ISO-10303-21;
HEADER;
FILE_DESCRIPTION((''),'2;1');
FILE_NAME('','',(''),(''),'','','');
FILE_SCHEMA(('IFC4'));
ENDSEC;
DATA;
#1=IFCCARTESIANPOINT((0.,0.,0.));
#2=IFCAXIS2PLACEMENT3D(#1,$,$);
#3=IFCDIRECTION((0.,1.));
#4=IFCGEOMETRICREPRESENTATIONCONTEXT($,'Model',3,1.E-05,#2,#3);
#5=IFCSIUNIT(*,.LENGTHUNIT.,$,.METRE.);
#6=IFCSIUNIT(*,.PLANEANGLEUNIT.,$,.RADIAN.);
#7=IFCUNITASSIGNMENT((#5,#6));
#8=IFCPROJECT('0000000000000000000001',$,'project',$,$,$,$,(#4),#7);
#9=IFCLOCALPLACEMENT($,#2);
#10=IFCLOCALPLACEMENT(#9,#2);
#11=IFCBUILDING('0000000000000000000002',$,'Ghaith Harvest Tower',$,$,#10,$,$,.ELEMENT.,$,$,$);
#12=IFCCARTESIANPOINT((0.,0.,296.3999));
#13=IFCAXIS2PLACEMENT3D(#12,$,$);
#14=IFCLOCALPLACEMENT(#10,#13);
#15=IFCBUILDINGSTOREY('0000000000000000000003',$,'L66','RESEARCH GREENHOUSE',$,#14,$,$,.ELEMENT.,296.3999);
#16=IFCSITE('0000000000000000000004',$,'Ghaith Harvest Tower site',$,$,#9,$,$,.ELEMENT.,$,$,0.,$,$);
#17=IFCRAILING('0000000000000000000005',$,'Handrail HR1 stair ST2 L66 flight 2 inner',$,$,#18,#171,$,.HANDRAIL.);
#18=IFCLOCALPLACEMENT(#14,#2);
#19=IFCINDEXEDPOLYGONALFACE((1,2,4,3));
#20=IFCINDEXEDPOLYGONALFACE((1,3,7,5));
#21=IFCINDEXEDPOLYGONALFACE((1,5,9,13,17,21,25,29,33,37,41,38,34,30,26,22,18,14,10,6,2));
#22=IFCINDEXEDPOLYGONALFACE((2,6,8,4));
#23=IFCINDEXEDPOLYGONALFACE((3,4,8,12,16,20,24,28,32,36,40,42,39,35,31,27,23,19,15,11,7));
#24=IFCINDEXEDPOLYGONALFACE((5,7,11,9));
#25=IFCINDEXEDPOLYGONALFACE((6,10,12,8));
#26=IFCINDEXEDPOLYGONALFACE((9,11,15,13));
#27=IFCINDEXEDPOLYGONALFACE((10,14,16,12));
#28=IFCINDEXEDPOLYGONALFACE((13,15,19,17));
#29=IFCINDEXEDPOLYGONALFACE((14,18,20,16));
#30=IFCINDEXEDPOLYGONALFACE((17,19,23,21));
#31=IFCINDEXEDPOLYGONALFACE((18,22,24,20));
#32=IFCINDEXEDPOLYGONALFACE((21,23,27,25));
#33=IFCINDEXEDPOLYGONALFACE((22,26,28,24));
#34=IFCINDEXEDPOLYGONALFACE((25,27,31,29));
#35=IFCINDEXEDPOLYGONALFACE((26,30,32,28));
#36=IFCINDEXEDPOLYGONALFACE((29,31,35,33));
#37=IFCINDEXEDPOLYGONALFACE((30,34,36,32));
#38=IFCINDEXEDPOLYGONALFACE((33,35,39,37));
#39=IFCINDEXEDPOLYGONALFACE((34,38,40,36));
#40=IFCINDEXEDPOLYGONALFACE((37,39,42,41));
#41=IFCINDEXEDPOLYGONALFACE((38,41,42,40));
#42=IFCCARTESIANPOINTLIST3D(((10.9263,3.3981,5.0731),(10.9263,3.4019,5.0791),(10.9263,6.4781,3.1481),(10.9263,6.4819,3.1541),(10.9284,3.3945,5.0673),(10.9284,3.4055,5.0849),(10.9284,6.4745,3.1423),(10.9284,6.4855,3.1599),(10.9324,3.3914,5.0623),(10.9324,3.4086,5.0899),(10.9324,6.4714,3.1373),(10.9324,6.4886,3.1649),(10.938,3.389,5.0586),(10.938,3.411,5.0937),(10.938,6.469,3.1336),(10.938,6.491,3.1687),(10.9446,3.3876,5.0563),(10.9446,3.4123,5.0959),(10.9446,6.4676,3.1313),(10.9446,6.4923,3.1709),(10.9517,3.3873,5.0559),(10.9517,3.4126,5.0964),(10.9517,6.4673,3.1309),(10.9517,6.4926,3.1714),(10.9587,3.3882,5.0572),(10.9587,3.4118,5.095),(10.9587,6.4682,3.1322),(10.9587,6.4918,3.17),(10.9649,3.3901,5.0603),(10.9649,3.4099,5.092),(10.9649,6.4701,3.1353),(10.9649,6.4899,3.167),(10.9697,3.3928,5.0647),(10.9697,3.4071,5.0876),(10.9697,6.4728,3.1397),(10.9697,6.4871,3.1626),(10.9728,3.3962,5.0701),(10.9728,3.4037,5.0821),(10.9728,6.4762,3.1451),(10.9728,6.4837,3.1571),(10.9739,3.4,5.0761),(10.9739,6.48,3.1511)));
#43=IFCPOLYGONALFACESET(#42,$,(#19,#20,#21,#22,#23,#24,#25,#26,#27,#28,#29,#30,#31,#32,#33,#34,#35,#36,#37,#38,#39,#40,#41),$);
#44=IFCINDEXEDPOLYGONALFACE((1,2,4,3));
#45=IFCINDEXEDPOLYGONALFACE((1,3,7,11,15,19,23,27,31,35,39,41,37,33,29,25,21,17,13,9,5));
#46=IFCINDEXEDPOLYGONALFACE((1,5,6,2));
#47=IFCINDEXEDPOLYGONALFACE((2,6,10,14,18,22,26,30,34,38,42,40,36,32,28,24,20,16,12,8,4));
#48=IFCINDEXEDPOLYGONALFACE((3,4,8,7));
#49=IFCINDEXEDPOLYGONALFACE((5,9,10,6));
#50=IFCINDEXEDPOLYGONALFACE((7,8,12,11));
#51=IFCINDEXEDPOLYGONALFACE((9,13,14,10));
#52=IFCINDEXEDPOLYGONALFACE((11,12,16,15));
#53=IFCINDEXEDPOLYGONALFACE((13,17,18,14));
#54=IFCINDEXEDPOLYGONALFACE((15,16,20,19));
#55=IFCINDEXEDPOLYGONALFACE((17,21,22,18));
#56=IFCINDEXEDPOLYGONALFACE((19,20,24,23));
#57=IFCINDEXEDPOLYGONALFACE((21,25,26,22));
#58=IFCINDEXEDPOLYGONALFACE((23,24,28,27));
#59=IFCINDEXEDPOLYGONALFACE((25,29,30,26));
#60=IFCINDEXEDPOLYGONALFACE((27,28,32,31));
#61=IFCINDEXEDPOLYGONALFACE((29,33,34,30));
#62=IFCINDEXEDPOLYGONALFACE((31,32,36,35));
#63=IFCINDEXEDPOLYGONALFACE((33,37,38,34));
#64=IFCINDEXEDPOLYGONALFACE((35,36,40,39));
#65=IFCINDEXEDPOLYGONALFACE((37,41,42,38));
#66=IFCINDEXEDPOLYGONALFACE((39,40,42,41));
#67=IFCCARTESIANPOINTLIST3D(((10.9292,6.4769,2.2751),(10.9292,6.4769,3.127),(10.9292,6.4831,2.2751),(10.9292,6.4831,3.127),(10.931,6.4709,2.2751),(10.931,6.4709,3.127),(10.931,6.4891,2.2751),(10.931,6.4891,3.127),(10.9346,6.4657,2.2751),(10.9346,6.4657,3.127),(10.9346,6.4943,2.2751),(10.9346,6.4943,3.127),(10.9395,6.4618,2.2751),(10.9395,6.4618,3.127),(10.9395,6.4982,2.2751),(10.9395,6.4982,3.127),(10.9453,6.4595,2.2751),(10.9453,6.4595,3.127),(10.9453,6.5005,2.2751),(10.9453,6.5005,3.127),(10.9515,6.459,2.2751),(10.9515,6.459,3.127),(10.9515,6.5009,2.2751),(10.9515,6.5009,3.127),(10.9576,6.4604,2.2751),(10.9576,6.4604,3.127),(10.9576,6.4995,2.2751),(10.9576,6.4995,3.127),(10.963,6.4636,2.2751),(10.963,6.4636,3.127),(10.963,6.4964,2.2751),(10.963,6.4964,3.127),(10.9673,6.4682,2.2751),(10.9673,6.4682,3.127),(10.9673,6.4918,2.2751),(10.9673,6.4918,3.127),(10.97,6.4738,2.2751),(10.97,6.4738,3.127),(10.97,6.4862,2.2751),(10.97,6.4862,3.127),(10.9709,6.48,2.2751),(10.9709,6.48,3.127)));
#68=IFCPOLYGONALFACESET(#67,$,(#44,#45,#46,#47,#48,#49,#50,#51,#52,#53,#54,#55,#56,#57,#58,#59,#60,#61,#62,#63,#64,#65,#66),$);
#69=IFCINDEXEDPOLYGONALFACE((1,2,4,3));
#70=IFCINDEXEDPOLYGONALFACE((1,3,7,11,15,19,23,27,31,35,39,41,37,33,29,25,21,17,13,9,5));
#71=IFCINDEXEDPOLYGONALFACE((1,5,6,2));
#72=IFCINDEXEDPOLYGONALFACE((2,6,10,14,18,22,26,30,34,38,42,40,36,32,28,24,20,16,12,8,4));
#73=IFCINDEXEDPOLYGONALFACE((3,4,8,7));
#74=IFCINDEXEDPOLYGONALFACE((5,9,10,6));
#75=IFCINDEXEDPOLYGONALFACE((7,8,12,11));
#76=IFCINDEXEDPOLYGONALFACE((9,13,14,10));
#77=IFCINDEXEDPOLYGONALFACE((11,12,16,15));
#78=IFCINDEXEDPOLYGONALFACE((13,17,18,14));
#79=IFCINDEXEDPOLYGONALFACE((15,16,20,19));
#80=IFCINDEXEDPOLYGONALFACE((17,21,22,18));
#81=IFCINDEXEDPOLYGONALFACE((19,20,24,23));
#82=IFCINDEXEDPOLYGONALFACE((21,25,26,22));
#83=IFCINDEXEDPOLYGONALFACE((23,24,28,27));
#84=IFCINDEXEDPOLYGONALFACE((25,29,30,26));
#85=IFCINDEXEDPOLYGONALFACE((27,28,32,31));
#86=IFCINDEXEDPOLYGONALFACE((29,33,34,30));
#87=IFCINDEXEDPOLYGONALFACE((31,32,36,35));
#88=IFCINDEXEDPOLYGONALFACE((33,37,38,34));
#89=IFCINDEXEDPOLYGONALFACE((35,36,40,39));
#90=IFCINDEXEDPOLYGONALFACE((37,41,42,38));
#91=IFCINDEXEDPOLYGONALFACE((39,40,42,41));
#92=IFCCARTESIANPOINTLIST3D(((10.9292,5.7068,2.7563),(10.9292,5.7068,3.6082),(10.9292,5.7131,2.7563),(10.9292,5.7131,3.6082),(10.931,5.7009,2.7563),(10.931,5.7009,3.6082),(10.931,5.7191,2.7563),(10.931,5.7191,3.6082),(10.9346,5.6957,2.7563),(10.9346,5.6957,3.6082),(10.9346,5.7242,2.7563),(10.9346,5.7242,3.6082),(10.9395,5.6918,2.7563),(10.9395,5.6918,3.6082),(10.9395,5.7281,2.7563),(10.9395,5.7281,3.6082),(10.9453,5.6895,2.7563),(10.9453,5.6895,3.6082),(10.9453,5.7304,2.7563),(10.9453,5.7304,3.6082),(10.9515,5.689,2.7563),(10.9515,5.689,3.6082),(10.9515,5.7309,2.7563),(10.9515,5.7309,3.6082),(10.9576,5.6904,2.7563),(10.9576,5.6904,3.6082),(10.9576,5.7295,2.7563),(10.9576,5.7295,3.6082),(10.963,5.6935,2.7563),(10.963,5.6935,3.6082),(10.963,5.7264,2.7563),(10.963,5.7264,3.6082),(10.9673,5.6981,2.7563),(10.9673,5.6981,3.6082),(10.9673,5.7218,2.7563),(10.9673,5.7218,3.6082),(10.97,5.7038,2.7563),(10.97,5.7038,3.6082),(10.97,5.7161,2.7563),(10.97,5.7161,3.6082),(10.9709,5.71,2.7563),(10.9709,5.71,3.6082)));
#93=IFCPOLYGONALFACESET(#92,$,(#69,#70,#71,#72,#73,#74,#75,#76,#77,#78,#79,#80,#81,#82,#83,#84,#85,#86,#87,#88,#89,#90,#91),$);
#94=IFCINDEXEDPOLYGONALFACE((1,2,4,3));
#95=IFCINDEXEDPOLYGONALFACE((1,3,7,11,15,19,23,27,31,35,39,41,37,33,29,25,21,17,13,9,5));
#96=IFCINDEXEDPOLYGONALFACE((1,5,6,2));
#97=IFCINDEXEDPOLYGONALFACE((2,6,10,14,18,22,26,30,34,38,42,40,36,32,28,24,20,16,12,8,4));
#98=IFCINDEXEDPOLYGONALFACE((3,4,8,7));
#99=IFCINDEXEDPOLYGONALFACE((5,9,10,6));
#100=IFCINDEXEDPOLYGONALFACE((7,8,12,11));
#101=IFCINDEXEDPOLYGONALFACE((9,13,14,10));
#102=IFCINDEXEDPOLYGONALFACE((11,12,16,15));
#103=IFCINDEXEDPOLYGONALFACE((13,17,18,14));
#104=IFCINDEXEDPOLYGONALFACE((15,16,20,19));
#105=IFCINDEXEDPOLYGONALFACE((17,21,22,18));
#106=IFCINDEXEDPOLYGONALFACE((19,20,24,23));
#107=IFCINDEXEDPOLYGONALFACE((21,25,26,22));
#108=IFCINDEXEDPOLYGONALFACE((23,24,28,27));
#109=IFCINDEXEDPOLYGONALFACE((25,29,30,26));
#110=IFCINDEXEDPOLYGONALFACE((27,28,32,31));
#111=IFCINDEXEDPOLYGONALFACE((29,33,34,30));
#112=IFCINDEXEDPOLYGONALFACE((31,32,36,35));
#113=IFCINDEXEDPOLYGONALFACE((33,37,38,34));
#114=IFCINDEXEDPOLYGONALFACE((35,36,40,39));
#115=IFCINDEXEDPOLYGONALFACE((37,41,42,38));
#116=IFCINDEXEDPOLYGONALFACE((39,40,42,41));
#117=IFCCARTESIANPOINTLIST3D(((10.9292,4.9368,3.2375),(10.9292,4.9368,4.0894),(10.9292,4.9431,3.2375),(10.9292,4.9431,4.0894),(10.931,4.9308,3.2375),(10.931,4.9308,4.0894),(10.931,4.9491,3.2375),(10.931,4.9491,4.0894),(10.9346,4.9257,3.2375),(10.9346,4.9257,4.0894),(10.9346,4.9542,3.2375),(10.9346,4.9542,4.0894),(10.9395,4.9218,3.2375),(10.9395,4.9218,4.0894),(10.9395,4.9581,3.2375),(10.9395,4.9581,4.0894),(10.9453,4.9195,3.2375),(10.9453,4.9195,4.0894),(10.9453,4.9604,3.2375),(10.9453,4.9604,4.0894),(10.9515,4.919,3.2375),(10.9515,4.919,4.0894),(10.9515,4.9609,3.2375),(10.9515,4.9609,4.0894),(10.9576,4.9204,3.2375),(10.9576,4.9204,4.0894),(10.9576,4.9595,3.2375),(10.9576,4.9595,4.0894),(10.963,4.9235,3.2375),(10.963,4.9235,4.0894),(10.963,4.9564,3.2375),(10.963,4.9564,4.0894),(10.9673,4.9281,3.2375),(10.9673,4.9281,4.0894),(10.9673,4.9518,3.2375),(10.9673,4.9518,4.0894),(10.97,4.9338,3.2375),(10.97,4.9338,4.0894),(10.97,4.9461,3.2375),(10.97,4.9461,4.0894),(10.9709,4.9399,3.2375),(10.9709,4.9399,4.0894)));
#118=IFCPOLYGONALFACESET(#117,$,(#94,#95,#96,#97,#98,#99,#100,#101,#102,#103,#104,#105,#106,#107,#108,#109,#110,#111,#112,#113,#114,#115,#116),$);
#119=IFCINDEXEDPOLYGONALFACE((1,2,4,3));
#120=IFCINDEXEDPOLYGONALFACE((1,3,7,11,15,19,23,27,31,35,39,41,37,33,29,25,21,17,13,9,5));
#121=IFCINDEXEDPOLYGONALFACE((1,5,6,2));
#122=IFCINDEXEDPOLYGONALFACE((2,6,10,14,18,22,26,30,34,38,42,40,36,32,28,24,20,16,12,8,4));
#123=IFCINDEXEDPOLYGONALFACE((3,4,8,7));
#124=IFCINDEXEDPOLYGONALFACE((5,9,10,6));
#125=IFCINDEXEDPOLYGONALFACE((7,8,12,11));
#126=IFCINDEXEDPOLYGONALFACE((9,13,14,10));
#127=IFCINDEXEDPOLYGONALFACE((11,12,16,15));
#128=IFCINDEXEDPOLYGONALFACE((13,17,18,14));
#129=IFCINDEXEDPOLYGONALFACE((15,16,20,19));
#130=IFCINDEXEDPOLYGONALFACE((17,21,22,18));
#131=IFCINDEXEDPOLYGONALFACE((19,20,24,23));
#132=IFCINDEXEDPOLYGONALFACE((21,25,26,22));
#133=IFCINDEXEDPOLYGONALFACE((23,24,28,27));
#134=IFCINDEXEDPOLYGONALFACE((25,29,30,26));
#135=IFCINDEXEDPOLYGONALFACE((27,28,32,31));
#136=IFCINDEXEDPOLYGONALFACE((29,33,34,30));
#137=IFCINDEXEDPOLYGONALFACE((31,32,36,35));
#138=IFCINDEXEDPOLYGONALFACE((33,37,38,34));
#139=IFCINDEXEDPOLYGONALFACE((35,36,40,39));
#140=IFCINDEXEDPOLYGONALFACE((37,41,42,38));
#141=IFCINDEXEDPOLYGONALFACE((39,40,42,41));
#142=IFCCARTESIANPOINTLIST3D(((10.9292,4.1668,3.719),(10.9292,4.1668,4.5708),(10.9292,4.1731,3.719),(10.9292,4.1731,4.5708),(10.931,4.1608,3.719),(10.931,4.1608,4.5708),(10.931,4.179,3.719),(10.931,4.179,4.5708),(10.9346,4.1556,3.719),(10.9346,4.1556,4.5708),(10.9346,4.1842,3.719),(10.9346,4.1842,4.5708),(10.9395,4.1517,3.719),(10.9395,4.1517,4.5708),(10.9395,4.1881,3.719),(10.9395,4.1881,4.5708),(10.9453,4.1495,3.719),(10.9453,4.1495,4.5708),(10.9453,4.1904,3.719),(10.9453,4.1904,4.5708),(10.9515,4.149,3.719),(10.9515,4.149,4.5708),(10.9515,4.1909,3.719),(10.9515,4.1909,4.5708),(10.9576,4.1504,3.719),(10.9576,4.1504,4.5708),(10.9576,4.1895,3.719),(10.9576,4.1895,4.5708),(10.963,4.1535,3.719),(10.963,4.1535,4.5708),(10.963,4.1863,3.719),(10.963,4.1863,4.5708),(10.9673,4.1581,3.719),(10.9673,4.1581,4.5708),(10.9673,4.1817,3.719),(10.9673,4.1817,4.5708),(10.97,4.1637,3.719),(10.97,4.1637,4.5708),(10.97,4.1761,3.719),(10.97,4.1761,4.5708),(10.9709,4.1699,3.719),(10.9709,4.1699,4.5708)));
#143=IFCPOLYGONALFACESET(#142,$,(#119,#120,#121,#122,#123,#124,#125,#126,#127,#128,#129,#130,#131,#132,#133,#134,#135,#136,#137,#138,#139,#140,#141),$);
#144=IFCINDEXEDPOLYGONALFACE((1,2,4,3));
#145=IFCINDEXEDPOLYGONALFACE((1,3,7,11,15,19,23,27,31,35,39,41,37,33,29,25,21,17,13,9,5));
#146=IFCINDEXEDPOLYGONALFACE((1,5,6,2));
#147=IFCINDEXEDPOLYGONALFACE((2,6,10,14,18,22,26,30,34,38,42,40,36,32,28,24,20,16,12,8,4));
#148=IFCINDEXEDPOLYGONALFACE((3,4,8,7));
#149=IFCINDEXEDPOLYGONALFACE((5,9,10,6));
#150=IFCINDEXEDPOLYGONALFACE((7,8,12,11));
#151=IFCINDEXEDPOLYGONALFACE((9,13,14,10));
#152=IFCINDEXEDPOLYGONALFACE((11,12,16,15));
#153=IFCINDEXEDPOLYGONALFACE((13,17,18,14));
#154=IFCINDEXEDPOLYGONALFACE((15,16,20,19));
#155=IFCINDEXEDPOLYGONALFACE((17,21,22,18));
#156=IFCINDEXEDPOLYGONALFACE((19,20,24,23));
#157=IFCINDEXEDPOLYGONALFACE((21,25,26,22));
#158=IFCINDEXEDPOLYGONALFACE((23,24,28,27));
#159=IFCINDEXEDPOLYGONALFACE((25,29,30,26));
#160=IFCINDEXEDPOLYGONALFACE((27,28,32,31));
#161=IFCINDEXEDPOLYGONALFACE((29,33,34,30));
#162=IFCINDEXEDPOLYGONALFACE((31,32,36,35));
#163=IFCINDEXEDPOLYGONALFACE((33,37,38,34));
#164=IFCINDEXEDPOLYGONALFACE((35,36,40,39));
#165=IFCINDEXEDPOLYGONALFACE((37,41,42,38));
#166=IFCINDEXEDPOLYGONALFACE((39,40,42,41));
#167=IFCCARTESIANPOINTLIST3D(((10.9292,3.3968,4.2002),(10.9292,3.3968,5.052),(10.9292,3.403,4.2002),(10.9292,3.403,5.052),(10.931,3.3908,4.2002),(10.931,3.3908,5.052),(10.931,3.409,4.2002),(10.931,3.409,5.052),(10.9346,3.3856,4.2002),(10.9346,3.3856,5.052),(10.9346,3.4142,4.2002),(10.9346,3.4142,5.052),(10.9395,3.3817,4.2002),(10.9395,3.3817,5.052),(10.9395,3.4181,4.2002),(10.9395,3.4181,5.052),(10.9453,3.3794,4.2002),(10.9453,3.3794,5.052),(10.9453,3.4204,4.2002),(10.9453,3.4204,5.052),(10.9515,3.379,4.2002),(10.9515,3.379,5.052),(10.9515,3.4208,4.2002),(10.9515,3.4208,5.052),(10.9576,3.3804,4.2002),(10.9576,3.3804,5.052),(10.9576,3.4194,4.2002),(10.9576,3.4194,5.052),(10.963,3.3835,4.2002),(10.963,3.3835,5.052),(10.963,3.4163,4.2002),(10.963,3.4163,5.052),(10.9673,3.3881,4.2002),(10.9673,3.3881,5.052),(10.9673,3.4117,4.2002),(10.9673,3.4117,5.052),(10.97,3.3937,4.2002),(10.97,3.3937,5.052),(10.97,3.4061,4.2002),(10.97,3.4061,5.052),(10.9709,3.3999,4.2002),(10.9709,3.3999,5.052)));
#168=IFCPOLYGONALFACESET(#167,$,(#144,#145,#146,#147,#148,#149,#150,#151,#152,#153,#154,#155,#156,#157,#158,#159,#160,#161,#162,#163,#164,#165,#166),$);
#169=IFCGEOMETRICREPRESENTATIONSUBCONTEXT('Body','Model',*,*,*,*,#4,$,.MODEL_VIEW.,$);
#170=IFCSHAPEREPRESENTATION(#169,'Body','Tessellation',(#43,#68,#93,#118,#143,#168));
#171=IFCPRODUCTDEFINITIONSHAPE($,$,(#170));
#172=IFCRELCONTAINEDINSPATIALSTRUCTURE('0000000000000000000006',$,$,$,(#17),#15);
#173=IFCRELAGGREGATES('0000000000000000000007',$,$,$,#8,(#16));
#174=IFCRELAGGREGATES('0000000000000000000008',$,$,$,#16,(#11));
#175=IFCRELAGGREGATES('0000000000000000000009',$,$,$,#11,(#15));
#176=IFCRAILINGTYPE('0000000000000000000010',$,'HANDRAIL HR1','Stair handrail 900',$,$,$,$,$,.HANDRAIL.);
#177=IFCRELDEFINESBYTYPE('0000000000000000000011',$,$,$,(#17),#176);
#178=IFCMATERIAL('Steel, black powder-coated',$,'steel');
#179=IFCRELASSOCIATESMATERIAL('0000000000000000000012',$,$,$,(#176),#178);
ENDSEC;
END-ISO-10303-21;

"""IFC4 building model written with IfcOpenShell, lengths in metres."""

from ifc_helpers import new_model, si_unit, direction, frame, origin, origin_2d, place, context, subcontext, project, spatial, circle, extrude, material, type_object, element, save


model = new_model("IFC4")

# Units and contexts
model_context = context("Model", 3, precision=1e-05, world=origin(), true_north=direction((0.0, 1.0)))
body_context = subcontext(model_context, "Body", "Model", "MODEL_VIEW")
ifc_project = project(units=[si_unit("LENGTHUNIT", "METRE"), si_unit("PLANEANGLEUNIT", "RADIAN")], contexts=[model_context])

# Site, building, storey
site_placement = place(None, origin())
site = spatial("IfcSite", under=ifc_project, at=site_placement, Name="Ghaith Harvest Tower site", CompositionType="ELEMENT", RefElevation=0.0)
building_placement = place(site_placement, origin())
building = spatial("IfcBuilding", under=site, at=building_placement, Name="Ghaith Harvest Tower", CompositionType="ELEMENT")
storey_placement = place(building_placement, frame((0.0, 0.0, 296.3999)))
storey = spatial("IfcBuildingStorey", under=building, at=storey_placement, Name="L66", Description="RESEARCH GREENHOUSE", CompositionType="ELEMENT", Elevation=296.3999)

# Railing
ifc_material_1 = material(Name="Steel, black powder-coated", Category="steel")
railing_type = type_object("IfcRailingType", Name="HANDRAIL HR1", Description="Stair handrail 900", PredefinedType="HANDRAIL", material=ifc_material_1)
railing_1_placement = place(storey_placement, frame((10.95, 6.48, 2.2751)))
element("IfcRailing", 1, at=railing_1_placement, inside=storey, type_object=railing_type, Name="Handrail HR1 stair ST2 L66 flight 2 inner", PredefinedType="HANDRAIL", context=body_context, shape_type="SweptSolid", body=[
    extrude(circle(Radius=0.0239, at=origin_2d()), frame((0.0, 0.0, 0.876), z_axis=(0.0, -0.847998, 0.529999), x_axis=(1.0, 0.0, 0.0)), (0.0, 0.0, 1.0), 3.6321),
    extrude(circle(Radius=0.021, at=origin_2d()), origin(), (0.0, 0.0, 1.0), 0.8518),
    extrude(circle(Radius=0.021, at=origin_2d()), frame((0.0, -0.77, 0.4812)), (0.0, 0.0, 1.0), 0.8518),
    extrude(circle(Radius=0.021, at=origin_2d()), frame((0.0, -1.54, 0.9624)), (0.0, 0.0, 1.0), 0.8518),
    extrude(circle(Radius=0.021, at=origin_2d()), frame((0.0, -2.3101, 1.4438)), (0.0, 0.0, 1.0), 0.8518),
    extrude(circle(Radius=0.021, at=origin_2d()), frame((0.0, -3.0801, 1.925)), (0.0, 0.0, 1.0), 0.8518),
])

save(model, "model.ifc")
